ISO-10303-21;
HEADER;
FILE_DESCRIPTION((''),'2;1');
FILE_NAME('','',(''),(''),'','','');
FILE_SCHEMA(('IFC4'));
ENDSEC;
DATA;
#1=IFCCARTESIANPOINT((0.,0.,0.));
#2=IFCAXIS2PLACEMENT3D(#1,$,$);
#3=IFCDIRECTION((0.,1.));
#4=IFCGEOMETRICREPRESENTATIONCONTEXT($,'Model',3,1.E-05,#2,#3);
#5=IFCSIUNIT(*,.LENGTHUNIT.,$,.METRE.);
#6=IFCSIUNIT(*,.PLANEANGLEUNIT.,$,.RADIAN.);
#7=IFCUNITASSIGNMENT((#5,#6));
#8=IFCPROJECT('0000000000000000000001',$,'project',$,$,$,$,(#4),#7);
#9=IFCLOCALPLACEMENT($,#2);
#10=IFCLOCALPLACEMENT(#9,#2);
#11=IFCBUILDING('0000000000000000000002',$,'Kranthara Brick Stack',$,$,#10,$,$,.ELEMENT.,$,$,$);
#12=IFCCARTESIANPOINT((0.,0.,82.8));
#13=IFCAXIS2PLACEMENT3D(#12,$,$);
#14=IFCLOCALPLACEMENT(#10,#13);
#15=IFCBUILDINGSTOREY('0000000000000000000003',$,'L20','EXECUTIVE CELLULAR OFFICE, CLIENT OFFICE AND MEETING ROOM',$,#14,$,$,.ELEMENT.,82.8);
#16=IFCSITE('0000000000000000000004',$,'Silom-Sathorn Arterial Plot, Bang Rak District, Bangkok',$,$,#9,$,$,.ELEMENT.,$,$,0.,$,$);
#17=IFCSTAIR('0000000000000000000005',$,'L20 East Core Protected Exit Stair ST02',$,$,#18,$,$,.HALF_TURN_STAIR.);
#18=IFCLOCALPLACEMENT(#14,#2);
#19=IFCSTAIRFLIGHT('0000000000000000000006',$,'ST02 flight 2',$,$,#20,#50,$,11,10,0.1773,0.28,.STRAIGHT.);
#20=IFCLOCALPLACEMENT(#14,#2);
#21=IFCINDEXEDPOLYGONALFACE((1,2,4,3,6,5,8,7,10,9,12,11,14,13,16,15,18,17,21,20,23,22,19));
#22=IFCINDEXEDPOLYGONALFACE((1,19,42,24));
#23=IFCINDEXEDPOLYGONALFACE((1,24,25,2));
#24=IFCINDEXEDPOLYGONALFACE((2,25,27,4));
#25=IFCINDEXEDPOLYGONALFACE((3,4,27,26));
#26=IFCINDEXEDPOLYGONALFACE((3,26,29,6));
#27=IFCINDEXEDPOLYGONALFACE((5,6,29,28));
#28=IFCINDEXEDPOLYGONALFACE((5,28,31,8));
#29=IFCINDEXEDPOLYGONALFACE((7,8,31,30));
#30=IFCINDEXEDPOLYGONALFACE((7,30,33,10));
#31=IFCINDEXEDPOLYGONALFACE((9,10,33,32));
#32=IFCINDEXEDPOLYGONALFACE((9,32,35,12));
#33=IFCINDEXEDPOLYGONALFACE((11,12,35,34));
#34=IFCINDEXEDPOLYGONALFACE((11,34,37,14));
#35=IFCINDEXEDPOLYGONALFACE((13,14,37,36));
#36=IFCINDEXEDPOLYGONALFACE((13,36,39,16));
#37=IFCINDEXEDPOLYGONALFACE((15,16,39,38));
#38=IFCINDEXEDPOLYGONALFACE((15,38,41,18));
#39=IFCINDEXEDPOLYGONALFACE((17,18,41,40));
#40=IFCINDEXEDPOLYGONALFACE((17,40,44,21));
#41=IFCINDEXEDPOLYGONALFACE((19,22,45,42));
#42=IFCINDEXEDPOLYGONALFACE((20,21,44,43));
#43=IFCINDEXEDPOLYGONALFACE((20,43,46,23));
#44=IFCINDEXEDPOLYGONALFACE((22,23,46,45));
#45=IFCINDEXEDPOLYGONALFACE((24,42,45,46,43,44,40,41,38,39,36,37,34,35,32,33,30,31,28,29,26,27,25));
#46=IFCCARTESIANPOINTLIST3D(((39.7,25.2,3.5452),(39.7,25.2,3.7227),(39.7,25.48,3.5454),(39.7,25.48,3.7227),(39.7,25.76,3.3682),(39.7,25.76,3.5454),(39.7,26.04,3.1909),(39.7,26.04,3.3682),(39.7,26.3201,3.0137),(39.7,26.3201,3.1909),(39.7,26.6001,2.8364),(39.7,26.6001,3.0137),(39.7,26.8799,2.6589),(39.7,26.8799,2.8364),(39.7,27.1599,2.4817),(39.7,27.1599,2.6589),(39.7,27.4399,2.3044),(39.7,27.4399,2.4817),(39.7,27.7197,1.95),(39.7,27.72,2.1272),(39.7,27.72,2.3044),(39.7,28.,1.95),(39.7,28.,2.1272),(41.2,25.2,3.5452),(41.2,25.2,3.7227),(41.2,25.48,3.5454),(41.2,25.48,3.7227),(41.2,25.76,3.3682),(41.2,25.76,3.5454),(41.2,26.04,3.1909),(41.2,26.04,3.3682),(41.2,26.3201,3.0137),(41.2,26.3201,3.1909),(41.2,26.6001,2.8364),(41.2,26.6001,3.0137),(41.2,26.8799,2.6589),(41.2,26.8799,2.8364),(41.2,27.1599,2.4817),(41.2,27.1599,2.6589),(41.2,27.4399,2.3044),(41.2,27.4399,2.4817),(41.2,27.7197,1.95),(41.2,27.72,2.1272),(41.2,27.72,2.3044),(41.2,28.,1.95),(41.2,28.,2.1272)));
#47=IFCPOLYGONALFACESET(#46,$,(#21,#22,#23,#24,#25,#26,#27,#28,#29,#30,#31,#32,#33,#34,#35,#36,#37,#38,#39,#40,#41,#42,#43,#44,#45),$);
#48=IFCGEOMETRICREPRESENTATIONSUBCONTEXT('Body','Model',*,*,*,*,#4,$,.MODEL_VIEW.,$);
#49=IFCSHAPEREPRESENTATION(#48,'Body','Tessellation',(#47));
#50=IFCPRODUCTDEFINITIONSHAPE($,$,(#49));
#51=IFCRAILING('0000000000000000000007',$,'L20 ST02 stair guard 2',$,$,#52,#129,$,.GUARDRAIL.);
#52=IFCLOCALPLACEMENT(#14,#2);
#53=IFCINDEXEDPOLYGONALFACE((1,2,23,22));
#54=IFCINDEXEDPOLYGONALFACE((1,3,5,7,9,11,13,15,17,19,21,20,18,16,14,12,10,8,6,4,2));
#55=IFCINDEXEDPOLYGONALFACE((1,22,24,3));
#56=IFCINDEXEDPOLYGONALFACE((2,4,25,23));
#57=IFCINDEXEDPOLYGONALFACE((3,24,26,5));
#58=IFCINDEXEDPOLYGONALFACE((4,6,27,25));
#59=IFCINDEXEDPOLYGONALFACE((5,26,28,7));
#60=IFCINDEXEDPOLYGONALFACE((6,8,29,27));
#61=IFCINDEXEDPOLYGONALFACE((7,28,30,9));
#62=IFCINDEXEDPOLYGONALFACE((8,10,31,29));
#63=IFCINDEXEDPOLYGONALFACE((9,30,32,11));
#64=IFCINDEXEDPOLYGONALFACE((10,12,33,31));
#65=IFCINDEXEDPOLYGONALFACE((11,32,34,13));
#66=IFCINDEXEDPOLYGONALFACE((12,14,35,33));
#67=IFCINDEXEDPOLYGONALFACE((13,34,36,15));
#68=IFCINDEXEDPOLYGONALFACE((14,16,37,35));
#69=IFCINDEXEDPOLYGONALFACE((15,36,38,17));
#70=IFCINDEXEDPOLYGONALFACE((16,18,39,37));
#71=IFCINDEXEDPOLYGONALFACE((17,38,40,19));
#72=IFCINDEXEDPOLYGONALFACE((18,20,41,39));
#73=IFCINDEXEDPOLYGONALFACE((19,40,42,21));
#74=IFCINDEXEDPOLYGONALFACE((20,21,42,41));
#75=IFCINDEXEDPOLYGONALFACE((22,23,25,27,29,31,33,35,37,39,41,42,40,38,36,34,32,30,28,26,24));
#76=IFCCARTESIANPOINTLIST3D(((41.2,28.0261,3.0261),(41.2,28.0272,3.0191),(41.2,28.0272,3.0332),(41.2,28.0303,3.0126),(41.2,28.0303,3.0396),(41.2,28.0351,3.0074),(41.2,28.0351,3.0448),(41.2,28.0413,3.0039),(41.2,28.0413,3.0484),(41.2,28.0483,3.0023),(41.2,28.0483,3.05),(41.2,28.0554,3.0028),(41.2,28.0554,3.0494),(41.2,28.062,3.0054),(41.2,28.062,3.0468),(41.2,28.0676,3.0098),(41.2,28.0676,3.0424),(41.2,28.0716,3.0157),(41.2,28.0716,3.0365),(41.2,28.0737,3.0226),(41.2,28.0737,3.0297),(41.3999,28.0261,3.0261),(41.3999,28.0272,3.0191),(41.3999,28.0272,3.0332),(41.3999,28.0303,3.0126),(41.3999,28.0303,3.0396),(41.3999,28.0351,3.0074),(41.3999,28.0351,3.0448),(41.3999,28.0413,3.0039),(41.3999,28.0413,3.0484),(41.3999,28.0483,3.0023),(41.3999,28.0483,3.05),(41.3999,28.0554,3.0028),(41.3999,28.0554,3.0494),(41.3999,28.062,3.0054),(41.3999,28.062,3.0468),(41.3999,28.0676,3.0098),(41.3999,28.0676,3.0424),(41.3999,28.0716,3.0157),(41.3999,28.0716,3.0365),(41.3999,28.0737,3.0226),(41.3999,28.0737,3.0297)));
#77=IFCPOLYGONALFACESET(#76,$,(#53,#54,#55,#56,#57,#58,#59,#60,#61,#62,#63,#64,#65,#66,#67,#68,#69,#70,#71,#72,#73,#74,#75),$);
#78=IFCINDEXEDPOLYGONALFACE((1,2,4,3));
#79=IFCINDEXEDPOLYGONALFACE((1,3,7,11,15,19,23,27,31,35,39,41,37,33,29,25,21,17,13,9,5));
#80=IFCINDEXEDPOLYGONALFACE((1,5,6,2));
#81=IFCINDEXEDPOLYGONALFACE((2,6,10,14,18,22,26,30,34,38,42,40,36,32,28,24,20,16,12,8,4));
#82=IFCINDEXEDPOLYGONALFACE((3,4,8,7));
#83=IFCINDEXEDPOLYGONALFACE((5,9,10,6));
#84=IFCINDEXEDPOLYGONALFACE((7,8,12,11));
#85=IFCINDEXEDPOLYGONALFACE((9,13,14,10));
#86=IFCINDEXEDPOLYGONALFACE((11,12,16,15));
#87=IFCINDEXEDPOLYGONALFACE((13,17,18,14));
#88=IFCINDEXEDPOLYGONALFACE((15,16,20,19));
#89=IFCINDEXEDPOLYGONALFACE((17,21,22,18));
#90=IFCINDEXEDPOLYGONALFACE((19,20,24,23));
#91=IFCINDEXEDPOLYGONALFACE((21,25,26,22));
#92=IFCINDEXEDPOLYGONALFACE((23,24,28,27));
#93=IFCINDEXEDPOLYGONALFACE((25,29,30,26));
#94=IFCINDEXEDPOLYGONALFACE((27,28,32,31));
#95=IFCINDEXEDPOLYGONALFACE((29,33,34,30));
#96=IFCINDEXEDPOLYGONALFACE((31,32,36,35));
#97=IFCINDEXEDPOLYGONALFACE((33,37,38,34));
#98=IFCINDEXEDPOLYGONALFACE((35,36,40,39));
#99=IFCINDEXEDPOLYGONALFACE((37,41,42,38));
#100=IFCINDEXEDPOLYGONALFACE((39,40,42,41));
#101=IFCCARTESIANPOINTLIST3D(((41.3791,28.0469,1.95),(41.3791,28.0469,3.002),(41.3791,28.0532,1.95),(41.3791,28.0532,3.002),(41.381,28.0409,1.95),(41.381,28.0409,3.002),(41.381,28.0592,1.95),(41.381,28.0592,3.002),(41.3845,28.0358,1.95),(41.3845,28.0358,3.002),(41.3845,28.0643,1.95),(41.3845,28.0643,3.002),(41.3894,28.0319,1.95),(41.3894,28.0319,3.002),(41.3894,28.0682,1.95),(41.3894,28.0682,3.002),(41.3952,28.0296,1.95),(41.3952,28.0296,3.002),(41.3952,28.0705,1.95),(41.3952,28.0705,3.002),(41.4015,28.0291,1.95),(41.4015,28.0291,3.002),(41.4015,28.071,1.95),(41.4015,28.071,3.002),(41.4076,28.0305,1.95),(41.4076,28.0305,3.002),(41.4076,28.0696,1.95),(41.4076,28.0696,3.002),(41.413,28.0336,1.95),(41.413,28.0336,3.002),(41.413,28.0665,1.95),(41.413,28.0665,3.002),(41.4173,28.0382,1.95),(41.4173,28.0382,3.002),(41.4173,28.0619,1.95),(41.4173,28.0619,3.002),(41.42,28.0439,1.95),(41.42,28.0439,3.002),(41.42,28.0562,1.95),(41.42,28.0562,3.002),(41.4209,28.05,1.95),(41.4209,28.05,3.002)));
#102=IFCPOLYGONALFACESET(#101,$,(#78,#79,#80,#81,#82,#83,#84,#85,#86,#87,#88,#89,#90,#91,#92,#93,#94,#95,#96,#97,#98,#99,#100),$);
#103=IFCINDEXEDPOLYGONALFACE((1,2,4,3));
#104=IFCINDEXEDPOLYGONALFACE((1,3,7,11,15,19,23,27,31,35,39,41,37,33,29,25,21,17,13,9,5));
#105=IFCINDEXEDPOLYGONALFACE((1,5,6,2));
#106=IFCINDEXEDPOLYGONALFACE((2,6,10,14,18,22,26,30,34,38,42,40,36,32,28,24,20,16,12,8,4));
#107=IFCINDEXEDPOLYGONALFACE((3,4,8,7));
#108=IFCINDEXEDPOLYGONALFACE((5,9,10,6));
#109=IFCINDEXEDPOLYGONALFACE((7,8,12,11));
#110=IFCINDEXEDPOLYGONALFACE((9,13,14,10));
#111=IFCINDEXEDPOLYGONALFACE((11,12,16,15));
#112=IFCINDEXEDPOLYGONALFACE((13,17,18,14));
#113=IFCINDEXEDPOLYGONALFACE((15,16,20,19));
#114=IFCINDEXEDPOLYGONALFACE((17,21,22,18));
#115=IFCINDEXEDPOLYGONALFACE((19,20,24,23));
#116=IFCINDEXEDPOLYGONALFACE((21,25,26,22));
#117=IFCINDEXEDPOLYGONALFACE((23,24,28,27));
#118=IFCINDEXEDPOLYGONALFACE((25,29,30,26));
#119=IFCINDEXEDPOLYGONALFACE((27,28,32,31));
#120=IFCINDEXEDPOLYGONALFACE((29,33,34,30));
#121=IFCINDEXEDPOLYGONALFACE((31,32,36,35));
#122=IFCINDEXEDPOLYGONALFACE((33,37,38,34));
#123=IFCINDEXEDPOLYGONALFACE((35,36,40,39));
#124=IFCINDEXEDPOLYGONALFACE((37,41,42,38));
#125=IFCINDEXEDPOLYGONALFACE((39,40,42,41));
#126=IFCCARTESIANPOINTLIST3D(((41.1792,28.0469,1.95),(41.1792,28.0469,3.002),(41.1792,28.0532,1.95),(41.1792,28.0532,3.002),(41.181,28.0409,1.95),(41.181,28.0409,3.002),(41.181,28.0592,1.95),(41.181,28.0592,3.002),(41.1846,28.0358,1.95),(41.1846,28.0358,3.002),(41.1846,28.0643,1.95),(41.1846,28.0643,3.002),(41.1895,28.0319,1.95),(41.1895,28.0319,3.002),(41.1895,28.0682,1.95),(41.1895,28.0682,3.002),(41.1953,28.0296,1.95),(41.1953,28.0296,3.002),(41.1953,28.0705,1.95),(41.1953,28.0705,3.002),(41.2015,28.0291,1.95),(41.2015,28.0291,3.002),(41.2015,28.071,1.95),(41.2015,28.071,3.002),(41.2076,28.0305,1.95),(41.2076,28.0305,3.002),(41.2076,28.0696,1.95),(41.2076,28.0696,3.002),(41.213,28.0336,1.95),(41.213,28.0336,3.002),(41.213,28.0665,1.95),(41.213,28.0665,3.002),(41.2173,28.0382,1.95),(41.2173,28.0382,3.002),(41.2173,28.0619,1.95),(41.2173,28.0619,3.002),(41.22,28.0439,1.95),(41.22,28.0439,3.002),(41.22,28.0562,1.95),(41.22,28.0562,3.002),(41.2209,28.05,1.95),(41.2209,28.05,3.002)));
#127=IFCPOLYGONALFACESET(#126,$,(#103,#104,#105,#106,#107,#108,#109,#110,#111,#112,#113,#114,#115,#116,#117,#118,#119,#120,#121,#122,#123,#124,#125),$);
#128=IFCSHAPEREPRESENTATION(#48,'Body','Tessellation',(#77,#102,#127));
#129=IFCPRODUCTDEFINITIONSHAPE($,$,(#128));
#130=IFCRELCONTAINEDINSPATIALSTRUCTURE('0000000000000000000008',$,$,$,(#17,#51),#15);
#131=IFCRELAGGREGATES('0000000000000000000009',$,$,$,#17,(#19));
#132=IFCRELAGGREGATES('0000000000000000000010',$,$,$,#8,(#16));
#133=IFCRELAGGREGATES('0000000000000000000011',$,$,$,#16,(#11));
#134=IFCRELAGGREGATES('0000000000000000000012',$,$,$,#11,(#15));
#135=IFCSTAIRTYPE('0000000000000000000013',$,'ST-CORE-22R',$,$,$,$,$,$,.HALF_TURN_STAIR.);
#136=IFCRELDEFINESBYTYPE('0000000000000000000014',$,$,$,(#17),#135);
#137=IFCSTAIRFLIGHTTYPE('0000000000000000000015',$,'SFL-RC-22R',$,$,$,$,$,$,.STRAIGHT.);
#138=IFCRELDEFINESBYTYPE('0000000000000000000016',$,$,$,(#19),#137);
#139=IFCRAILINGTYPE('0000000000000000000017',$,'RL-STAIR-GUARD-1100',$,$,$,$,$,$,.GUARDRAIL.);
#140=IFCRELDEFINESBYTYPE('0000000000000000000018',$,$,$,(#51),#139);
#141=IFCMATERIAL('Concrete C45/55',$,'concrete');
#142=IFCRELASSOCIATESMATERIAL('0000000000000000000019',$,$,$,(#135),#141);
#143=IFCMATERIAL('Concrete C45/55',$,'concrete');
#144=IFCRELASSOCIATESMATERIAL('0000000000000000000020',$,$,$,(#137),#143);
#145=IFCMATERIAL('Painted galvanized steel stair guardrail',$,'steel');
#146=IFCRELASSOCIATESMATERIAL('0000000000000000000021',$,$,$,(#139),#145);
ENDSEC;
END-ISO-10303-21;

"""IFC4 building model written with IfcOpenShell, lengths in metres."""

from ifc_helpers import new_model, si_unit, direction, frame, origin, origin_2d, place, context, subcontext, project, spatial, polyline, circle, outline, extrude, material, type_object, element, aggregate, save


model = new_model("IFC4")

# Units and contexts
model_context = context("Model", 3, precision=1e-05, world=origin(), true_north=direction((0.0, 1.0)))
body_context = subcontext(model_context, "Body", "Model", "MODEL_VIEW")
ifc_project = project(units=[si_unit("LENGTHUNIT", "METRE"), si_unit("PLANEANGLEUNIT", "RADIAN")], contexts=[model_context])

# Site, building, storey
site_placement = place(None, origin())
site = spatial("IfcSite", under=ifc_project, at=site_placement, Name="Silom-Sathorn Arterial Plot, Bang Rak District, Bangkok", CompositionType="ELEMENT", RefElevation=0.0)
building_placement = place(site_placement, origin())
building = spatial("IfcBuilding", under=site, at=building_placement, Name="Kranthara Brick Stack", CompositionType="ELEMENT")
storey_placement = place(building_placement, frame((0.0, 0.0, 82.8)))
storey = spatial("IfcBuildingStorey", under=building, at=storey_placement, Name="L20", Description="EXECUTIVE CELLULAR OFFICE, CLIENT OFFICE AND MEETING ROOM", CompositionType="ELEMENT", Elevation=82.8)

# Stair, stair flight
ifc_material_1 = material(Name="Concrete C45/55", Category="concrete")
stair_type = type_object("IfcStairType", Name="ST-CORE-22R", PredefinedType="HALF_TURN_STAIR", material=ifc_material_1)
stair_placement = place(storey_placement, origin())
stair = element("IfcStair", 1, at=stair_placement, inside=storey, type_object=stair_type, Name="L20 East Core Protected Exit Stair ST02", PredefinedType="HALF_TURN_STAIR")
ifc_material_2 = material(Name="Concrete C45/55", Category="concrete")
stair_flight_type = type_object("IfcStairFlightType", Name="SFL-RC-22R", PredefinedType="STRAIGHT", material=ifc_material_2)
stair_flight_placement = place(storey_placement, frame((40.45, 28.0, 1.95), z_axis=(0.0, 0.0, 1.0), x_axis=(0.0, -1.0, 0.0)))
stair_flight = element("IfcStairFlight", 2, at=stair_flight_placement, type_object=stair_flight_type, Name="ST02 flight 2", NumberOfRisers=11, NumberOfTreads=10, PredefinedType="STRAIGHT", RiserHeight=0.1773, TreadLength=0.28, context=body_context, shape_type="SweptSolid", body=[
    extrude(outline(polyline([(0.0, 0.0), (0.0, 0.1772), (0.28, 0.1772), (0.28, 0.3545), (0.5601, 0.3545), (0.5601, 0.5317), (0.8401, 0.5317), (0.8401, 0.709), (1.1201, 0.709), (1.1201, 0.8865), (1.3999, 0.8865), (1.3999, 1.0637), (1.6799, 1.0637), (1.6799, 1.241), (1.96, 1.241), (1.96, 1.4182), (2.24, 1.4182), (2.24, 1.5955), (2.52, 1.5955), (2.52, 1.7727), (2.8, 1.7727), (2.8, 1.95), (2.8, 1.5952), (0.2803, 0.0), (0.0, 0.0)])), frame((0.0, 0.75, 0.0), z_axis=(0.0, -1.0, 0.0), x_axis=(1.0, 0.0, 0.0)), (0.0, 0.0, 1.0), 1.5),
])
aggregate(stair, [stair_flight])

# Railing
ifc_material_3 = material(Name="Painted galvanized steel stair guardrail", Category="steel")
railing_type_1 = type_object("IfcRailingType", Name="RL-STAIR-GUARD-1100", PredefinedType="GUARDRAIL", material=ifc_material_3)
railing_1_placement = place(storey_placement, frame((41.3999, 28.05, 1.95)))
element("IfcRailing", 3, at=railing_1_placement, inside=storey, type_object=railing_type_1, Name="L20 ST02 stair guard 2", PredefinedType="GUARDRAIL", context=body_context, shape_type="SweptSolid", body=[
    extrude(circle(Radius=0.0239, at=origin_2d()), frame((0.0, 0.0, 1.0762), z_axis=(-1.0, 0.0, 0.0), x_axis=(0.0, -1.0, 0.0)), (0.0, 0.0, 1.0), 0.2),
    extrude(circle(Radius=0.021, at=origin_2d()), origin(), (0.0, 0.0, 1.0), 1.052),
    extrude(circle(Radius=0.021, at=origin_2d()), frame((-0.2, 0.0, 0.0)), (0.0, 0.0, 1.0), 1.052),
])

save(model, "model.ifc")
